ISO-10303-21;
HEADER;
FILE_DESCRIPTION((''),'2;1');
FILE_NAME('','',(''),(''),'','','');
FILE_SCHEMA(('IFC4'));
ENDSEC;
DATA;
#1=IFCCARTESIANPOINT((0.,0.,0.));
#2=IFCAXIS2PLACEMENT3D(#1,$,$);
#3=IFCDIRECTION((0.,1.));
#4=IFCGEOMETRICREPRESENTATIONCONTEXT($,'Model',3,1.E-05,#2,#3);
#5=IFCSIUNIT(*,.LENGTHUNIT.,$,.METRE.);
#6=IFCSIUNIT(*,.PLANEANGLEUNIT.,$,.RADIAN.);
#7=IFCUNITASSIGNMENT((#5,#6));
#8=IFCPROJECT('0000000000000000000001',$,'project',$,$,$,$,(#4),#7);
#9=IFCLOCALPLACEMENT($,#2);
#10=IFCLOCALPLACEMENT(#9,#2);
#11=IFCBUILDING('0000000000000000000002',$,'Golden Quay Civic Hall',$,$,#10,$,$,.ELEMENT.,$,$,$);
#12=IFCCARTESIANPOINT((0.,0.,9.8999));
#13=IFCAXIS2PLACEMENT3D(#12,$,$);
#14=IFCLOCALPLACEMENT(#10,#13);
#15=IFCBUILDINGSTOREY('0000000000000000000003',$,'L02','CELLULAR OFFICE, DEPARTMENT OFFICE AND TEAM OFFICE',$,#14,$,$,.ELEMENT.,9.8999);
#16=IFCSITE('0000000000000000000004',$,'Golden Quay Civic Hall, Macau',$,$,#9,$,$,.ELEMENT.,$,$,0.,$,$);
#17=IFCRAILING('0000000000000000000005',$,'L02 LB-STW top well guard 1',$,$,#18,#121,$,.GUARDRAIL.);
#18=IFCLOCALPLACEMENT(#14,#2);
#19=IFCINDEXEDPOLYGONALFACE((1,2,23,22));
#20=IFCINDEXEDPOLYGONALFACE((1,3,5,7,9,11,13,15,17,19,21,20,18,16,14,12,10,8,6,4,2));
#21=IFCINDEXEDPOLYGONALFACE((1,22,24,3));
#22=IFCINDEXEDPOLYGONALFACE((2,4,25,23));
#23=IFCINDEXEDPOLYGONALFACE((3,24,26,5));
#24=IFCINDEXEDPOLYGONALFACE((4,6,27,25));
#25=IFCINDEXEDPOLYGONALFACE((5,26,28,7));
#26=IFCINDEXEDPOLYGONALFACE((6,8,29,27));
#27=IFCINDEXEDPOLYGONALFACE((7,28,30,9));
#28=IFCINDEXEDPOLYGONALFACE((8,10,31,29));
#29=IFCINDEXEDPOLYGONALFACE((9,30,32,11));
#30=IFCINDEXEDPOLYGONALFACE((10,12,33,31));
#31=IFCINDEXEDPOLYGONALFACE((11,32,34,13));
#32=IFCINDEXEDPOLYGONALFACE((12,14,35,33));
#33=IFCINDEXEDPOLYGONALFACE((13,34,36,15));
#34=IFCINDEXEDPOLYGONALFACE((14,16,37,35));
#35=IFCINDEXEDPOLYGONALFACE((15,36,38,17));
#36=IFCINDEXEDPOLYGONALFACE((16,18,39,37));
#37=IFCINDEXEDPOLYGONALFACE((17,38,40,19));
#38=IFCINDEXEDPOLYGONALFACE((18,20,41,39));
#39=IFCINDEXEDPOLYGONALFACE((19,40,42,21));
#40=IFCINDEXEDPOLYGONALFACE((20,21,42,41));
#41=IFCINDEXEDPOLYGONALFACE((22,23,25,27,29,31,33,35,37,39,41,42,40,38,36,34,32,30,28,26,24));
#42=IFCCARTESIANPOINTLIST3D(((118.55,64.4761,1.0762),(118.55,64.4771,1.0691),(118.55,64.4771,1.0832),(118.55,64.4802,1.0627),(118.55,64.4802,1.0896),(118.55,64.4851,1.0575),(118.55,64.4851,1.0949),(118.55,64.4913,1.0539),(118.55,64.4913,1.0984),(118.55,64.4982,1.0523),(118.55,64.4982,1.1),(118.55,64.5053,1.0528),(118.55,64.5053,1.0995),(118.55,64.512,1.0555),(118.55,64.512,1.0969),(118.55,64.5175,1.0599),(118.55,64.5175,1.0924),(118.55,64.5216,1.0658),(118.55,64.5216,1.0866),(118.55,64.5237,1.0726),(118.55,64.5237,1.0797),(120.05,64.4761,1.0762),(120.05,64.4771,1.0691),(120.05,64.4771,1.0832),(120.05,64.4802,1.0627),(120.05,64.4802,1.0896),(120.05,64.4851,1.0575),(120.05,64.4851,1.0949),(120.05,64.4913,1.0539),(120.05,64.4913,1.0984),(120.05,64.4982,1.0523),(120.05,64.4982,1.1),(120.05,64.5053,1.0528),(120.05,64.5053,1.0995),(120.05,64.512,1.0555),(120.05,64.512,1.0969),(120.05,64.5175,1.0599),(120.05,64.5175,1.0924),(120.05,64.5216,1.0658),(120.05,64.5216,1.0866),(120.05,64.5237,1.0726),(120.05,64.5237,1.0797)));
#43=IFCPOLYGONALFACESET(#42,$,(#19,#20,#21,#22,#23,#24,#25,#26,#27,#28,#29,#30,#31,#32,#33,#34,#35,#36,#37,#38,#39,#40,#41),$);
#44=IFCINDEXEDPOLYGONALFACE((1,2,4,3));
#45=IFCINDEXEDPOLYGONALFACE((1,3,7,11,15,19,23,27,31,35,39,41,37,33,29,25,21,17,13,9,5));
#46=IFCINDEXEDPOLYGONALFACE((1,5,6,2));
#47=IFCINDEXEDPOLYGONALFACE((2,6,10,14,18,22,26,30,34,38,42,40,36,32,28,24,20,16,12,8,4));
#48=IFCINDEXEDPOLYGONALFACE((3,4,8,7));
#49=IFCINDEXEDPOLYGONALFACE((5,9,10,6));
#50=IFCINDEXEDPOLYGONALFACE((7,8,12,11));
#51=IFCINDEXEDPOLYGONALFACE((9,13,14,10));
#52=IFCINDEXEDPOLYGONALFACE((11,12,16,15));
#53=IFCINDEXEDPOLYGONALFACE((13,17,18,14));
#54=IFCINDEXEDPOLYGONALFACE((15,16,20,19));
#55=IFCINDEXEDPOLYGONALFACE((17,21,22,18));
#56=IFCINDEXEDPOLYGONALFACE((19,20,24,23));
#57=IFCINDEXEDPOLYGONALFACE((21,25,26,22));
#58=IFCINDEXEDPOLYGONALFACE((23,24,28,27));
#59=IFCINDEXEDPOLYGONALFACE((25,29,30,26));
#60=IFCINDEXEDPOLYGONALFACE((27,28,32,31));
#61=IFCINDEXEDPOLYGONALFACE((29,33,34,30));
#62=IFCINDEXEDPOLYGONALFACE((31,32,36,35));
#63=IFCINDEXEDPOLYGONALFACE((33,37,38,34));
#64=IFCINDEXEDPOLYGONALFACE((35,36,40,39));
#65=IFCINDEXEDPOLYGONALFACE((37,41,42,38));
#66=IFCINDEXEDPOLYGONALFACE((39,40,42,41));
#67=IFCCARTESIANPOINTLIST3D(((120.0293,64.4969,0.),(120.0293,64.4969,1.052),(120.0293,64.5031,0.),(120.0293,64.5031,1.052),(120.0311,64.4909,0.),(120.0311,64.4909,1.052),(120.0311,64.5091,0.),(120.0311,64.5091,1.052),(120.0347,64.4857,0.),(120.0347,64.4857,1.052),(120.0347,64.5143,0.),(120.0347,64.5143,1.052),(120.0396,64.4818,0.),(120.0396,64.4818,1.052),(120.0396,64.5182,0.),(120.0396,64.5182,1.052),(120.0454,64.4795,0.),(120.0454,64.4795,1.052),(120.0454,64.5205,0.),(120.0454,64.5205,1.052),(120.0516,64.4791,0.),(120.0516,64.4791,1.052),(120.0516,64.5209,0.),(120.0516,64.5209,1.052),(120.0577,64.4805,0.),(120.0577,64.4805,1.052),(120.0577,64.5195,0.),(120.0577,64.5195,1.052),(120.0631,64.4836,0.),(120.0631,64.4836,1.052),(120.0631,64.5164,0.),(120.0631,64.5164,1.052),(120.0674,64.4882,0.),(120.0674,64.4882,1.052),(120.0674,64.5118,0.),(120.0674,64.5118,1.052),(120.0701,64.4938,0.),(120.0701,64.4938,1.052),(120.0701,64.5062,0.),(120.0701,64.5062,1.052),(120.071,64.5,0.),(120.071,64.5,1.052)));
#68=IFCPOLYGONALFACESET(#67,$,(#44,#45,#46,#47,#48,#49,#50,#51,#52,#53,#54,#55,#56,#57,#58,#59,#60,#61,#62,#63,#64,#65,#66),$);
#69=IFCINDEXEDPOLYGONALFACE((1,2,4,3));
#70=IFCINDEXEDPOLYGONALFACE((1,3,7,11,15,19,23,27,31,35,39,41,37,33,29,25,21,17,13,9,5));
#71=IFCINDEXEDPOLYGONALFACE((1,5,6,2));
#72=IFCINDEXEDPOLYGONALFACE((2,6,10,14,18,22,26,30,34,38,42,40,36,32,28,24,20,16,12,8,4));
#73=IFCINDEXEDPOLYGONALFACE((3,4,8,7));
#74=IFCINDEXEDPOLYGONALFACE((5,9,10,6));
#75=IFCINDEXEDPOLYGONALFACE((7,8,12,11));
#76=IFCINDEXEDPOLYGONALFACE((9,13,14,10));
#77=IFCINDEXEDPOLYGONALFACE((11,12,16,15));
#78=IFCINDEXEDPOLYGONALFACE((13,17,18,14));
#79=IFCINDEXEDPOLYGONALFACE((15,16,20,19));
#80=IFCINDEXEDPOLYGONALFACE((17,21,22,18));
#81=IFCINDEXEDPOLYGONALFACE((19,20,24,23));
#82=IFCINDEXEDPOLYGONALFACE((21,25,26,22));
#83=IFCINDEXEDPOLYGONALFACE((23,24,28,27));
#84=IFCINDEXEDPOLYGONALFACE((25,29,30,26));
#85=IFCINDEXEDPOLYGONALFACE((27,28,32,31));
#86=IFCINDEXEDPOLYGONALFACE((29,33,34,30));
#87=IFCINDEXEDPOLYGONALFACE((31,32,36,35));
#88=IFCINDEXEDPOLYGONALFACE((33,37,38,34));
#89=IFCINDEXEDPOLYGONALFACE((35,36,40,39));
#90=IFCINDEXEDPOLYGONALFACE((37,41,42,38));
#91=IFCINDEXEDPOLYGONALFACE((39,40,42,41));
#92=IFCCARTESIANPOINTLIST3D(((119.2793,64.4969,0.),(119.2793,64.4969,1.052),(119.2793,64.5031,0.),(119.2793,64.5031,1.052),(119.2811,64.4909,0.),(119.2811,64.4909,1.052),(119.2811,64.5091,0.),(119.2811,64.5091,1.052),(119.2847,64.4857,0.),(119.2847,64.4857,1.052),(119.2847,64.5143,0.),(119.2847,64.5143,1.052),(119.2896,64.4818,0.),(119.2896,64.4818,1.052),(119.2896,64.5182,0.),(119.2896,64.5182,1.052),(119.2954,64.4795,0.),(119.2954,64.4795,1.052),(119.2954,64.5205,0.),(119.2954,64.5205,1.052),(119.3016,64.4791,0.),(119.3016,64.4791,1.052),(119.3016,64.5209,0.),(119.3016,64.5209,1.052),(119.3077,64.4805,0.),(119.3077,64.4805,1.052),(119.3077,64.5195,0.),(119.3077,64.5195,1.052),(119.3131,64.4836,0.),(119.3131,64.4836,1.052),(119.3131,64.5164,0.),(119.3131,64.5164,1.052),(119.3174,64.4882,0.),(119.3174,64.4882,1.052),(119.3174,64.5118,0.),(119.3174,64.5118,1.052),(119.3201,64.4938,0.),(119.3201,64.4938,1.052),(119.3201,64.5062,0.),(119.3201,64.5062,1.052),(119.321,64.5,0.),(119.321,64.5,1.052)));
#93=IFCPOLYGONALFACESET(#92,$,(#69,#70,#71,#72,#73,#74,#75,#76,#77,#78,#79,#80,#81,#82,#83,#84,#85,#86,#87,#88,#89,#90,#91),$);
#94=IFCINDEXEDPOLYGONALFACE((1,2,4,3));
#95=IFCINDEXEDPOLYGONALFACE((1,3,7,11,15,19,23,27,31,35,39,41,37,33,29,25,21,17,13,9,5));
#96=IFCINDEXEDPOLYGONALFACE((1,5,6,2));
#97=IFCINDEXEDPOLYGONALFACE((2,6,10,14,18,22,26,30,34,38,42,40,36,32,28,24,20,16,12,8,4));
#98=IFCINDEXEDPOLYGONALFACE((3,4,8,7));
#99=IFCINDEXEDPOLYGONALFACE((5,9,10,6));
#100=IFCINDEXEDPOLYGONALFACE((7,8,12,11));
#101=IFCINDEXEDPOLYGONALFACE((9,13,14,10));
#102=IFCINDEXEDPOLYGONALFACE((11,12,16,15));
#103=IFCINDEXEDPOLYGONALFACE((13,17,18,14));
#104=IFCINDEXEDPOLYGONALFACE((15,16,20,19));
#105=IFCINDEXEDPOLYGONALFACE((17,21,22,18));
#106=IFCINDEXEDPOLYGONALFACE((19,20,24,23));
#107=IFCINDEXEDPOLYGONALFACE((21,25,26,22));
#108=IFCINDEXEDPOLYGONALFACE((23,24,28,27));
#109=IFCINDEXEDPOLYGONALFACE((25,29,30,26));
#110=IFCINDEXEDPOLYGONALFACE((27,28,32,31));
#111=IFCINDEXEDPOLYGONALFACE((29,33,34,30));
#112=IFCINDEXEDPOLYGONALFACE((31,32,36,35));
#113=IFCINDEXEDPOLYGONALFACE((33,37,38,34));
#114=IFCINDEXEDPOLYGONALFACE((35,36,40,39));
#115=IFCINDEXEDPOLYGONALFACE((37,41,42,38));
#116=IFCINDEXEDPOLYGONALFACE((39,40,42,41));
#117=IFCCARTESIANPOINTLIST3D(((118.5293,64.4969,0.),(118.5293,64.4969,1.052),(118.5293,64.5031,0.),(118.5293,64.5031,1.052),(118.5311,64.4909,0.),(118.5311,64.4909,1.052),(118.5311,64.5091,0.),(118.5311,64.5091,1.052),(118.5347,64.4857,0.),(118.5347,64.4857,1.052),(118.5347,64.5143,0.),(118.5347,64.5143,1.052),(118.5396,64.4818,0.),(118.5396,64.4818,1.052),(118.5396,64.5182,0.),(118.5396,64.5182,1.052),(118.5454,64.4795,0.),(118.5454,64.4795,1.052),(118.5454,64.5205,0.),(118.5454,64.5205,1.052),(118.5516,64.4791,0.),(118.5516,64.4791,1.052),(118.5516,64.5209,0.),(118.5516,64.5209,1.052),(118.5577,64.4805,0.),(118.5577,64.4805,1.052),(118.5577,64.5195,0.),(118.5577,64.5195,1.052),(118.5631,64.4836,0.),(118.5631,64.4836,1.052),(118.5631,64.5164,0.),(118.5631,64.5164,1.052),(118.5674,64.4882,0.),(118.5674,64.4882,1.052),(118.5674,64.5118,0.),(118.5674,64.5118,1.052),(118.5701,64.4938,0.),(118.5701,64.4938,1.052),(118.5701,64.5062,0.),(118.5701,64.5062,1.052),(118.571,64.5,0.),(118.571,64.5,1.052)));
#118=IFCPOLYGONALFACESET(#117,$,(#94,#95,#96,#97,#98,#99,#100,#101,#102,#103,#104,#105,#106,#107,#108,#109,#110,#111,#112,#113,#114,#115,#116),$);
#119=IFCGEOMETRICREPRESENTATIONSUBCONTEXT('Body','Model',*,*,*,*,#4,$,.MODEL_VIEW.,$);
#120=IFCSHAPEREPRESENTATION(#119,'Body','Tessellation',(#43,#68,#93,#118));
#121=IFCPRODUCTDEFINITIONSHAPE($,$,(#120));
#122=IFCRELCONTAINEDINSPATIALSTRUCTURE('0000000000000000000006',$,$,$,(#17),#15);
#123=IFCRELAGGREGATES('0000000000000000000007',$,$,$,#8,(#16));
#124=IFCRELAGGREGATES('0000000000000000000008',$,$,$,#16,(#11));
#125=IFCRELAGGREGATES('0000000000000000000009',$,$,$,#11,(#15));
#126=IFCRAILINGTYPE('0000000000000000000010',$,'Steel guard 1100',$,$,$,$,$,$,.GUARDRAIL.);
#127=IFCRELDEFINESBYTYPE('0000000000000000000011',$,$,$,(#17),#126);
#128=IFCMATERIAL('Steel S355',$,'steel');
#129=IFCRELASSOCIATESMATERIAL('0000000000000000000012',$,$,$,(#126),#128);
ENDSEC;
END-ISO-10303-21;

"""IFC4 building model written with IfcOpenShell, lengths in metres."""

from ifc_helpers import new_model, si_unit, direction, frame, origin, origin_2d, place, context, subcontext, project, spatial, circle, extrude, material, type_object, element, save


model = new_model("IFC4")

# Units and contexts
model_context = context("Model", 3, precision=1e-05, world=origin(), true_north=direction((0.0, 1.0)))
body_context = subcontext(model_context, "Body", "Model", "MODEL_VIEW")
ifc_project = project(units=[si_unit("LENGTHUNIT", "METRE"), si_unit("PLANEANGLEUNIT", "RADIAN")], contexts=[model_context])

# Site, building, storey
site_placement = place(None, origin())
site = spatial("IfcSite", under=ifc_project, at=site_placement, Name="Golden Quay Civic Hall, Macau", CompositionType="ELEMENT", RefElevation=0.0)
building_placement = place(site_placement, origin())
building = spatial("IfcBuilding", under=site, at=building_placement, Name="Golden Quay Civic Hall", CompositionType="ELEMENT")
storey_placement = place(building_placement, frame((0.0, 0.0, 9.8999)))
storey = spatial("IfcBuildingStorey", under=building, at=storey_placement, Name="L02", Description="CELLULAR OFFICE, DEPARTMENT OFFICE AND TEAM OFFICE", CompositionType="ELEMENT", Elevation=9.8999)

# Railing
ifc_material_1 = material(Name="Steel S355", Category="steel")
railing_type = type_object("IfcRailingType", Name="Steel guard 1100", PredefinedType="GUARDRAIL", material=ifc_material_1)
railing_placement = place(storey_placement, frame((120.05, 64.5, 0.0)))
element("IfcRailing", 1, at=railing_placement, inside=storey, type_object=railing_type, Name="L02 LB-STW top well guard 1", PredefinedType="GUARDRAIL", context=body_context, shape_type="SweptSolid", body=[
    extrude(circle(Radius=0.0239, at=origin_2d()), frame((0.0, 0.0, 1.0762), z_axis=(-1.0, 0.0, 0.0), x_axis=(0.0, -1.0, 0.0)), (0.0, 0.0, 1.0), 1.5),
    extrude(circle(Radius=0.021, at=origin_2d()), origin(), (0.0, 0.0, 1.0), 1.052),
    extrude(circle(Radius=0.021, at=origin_2d()), frame((-0.75, 0.0, 0.0)), (0.0, 0.0, 1.0), 1.052),
    extrude(circle(Radius=0.021, at=origin_2d()), frame((-1.5, 0.0, 0.0)), (0.0, 0.0, 1.0), 1.052),
])

save(model, "model.ifc")
